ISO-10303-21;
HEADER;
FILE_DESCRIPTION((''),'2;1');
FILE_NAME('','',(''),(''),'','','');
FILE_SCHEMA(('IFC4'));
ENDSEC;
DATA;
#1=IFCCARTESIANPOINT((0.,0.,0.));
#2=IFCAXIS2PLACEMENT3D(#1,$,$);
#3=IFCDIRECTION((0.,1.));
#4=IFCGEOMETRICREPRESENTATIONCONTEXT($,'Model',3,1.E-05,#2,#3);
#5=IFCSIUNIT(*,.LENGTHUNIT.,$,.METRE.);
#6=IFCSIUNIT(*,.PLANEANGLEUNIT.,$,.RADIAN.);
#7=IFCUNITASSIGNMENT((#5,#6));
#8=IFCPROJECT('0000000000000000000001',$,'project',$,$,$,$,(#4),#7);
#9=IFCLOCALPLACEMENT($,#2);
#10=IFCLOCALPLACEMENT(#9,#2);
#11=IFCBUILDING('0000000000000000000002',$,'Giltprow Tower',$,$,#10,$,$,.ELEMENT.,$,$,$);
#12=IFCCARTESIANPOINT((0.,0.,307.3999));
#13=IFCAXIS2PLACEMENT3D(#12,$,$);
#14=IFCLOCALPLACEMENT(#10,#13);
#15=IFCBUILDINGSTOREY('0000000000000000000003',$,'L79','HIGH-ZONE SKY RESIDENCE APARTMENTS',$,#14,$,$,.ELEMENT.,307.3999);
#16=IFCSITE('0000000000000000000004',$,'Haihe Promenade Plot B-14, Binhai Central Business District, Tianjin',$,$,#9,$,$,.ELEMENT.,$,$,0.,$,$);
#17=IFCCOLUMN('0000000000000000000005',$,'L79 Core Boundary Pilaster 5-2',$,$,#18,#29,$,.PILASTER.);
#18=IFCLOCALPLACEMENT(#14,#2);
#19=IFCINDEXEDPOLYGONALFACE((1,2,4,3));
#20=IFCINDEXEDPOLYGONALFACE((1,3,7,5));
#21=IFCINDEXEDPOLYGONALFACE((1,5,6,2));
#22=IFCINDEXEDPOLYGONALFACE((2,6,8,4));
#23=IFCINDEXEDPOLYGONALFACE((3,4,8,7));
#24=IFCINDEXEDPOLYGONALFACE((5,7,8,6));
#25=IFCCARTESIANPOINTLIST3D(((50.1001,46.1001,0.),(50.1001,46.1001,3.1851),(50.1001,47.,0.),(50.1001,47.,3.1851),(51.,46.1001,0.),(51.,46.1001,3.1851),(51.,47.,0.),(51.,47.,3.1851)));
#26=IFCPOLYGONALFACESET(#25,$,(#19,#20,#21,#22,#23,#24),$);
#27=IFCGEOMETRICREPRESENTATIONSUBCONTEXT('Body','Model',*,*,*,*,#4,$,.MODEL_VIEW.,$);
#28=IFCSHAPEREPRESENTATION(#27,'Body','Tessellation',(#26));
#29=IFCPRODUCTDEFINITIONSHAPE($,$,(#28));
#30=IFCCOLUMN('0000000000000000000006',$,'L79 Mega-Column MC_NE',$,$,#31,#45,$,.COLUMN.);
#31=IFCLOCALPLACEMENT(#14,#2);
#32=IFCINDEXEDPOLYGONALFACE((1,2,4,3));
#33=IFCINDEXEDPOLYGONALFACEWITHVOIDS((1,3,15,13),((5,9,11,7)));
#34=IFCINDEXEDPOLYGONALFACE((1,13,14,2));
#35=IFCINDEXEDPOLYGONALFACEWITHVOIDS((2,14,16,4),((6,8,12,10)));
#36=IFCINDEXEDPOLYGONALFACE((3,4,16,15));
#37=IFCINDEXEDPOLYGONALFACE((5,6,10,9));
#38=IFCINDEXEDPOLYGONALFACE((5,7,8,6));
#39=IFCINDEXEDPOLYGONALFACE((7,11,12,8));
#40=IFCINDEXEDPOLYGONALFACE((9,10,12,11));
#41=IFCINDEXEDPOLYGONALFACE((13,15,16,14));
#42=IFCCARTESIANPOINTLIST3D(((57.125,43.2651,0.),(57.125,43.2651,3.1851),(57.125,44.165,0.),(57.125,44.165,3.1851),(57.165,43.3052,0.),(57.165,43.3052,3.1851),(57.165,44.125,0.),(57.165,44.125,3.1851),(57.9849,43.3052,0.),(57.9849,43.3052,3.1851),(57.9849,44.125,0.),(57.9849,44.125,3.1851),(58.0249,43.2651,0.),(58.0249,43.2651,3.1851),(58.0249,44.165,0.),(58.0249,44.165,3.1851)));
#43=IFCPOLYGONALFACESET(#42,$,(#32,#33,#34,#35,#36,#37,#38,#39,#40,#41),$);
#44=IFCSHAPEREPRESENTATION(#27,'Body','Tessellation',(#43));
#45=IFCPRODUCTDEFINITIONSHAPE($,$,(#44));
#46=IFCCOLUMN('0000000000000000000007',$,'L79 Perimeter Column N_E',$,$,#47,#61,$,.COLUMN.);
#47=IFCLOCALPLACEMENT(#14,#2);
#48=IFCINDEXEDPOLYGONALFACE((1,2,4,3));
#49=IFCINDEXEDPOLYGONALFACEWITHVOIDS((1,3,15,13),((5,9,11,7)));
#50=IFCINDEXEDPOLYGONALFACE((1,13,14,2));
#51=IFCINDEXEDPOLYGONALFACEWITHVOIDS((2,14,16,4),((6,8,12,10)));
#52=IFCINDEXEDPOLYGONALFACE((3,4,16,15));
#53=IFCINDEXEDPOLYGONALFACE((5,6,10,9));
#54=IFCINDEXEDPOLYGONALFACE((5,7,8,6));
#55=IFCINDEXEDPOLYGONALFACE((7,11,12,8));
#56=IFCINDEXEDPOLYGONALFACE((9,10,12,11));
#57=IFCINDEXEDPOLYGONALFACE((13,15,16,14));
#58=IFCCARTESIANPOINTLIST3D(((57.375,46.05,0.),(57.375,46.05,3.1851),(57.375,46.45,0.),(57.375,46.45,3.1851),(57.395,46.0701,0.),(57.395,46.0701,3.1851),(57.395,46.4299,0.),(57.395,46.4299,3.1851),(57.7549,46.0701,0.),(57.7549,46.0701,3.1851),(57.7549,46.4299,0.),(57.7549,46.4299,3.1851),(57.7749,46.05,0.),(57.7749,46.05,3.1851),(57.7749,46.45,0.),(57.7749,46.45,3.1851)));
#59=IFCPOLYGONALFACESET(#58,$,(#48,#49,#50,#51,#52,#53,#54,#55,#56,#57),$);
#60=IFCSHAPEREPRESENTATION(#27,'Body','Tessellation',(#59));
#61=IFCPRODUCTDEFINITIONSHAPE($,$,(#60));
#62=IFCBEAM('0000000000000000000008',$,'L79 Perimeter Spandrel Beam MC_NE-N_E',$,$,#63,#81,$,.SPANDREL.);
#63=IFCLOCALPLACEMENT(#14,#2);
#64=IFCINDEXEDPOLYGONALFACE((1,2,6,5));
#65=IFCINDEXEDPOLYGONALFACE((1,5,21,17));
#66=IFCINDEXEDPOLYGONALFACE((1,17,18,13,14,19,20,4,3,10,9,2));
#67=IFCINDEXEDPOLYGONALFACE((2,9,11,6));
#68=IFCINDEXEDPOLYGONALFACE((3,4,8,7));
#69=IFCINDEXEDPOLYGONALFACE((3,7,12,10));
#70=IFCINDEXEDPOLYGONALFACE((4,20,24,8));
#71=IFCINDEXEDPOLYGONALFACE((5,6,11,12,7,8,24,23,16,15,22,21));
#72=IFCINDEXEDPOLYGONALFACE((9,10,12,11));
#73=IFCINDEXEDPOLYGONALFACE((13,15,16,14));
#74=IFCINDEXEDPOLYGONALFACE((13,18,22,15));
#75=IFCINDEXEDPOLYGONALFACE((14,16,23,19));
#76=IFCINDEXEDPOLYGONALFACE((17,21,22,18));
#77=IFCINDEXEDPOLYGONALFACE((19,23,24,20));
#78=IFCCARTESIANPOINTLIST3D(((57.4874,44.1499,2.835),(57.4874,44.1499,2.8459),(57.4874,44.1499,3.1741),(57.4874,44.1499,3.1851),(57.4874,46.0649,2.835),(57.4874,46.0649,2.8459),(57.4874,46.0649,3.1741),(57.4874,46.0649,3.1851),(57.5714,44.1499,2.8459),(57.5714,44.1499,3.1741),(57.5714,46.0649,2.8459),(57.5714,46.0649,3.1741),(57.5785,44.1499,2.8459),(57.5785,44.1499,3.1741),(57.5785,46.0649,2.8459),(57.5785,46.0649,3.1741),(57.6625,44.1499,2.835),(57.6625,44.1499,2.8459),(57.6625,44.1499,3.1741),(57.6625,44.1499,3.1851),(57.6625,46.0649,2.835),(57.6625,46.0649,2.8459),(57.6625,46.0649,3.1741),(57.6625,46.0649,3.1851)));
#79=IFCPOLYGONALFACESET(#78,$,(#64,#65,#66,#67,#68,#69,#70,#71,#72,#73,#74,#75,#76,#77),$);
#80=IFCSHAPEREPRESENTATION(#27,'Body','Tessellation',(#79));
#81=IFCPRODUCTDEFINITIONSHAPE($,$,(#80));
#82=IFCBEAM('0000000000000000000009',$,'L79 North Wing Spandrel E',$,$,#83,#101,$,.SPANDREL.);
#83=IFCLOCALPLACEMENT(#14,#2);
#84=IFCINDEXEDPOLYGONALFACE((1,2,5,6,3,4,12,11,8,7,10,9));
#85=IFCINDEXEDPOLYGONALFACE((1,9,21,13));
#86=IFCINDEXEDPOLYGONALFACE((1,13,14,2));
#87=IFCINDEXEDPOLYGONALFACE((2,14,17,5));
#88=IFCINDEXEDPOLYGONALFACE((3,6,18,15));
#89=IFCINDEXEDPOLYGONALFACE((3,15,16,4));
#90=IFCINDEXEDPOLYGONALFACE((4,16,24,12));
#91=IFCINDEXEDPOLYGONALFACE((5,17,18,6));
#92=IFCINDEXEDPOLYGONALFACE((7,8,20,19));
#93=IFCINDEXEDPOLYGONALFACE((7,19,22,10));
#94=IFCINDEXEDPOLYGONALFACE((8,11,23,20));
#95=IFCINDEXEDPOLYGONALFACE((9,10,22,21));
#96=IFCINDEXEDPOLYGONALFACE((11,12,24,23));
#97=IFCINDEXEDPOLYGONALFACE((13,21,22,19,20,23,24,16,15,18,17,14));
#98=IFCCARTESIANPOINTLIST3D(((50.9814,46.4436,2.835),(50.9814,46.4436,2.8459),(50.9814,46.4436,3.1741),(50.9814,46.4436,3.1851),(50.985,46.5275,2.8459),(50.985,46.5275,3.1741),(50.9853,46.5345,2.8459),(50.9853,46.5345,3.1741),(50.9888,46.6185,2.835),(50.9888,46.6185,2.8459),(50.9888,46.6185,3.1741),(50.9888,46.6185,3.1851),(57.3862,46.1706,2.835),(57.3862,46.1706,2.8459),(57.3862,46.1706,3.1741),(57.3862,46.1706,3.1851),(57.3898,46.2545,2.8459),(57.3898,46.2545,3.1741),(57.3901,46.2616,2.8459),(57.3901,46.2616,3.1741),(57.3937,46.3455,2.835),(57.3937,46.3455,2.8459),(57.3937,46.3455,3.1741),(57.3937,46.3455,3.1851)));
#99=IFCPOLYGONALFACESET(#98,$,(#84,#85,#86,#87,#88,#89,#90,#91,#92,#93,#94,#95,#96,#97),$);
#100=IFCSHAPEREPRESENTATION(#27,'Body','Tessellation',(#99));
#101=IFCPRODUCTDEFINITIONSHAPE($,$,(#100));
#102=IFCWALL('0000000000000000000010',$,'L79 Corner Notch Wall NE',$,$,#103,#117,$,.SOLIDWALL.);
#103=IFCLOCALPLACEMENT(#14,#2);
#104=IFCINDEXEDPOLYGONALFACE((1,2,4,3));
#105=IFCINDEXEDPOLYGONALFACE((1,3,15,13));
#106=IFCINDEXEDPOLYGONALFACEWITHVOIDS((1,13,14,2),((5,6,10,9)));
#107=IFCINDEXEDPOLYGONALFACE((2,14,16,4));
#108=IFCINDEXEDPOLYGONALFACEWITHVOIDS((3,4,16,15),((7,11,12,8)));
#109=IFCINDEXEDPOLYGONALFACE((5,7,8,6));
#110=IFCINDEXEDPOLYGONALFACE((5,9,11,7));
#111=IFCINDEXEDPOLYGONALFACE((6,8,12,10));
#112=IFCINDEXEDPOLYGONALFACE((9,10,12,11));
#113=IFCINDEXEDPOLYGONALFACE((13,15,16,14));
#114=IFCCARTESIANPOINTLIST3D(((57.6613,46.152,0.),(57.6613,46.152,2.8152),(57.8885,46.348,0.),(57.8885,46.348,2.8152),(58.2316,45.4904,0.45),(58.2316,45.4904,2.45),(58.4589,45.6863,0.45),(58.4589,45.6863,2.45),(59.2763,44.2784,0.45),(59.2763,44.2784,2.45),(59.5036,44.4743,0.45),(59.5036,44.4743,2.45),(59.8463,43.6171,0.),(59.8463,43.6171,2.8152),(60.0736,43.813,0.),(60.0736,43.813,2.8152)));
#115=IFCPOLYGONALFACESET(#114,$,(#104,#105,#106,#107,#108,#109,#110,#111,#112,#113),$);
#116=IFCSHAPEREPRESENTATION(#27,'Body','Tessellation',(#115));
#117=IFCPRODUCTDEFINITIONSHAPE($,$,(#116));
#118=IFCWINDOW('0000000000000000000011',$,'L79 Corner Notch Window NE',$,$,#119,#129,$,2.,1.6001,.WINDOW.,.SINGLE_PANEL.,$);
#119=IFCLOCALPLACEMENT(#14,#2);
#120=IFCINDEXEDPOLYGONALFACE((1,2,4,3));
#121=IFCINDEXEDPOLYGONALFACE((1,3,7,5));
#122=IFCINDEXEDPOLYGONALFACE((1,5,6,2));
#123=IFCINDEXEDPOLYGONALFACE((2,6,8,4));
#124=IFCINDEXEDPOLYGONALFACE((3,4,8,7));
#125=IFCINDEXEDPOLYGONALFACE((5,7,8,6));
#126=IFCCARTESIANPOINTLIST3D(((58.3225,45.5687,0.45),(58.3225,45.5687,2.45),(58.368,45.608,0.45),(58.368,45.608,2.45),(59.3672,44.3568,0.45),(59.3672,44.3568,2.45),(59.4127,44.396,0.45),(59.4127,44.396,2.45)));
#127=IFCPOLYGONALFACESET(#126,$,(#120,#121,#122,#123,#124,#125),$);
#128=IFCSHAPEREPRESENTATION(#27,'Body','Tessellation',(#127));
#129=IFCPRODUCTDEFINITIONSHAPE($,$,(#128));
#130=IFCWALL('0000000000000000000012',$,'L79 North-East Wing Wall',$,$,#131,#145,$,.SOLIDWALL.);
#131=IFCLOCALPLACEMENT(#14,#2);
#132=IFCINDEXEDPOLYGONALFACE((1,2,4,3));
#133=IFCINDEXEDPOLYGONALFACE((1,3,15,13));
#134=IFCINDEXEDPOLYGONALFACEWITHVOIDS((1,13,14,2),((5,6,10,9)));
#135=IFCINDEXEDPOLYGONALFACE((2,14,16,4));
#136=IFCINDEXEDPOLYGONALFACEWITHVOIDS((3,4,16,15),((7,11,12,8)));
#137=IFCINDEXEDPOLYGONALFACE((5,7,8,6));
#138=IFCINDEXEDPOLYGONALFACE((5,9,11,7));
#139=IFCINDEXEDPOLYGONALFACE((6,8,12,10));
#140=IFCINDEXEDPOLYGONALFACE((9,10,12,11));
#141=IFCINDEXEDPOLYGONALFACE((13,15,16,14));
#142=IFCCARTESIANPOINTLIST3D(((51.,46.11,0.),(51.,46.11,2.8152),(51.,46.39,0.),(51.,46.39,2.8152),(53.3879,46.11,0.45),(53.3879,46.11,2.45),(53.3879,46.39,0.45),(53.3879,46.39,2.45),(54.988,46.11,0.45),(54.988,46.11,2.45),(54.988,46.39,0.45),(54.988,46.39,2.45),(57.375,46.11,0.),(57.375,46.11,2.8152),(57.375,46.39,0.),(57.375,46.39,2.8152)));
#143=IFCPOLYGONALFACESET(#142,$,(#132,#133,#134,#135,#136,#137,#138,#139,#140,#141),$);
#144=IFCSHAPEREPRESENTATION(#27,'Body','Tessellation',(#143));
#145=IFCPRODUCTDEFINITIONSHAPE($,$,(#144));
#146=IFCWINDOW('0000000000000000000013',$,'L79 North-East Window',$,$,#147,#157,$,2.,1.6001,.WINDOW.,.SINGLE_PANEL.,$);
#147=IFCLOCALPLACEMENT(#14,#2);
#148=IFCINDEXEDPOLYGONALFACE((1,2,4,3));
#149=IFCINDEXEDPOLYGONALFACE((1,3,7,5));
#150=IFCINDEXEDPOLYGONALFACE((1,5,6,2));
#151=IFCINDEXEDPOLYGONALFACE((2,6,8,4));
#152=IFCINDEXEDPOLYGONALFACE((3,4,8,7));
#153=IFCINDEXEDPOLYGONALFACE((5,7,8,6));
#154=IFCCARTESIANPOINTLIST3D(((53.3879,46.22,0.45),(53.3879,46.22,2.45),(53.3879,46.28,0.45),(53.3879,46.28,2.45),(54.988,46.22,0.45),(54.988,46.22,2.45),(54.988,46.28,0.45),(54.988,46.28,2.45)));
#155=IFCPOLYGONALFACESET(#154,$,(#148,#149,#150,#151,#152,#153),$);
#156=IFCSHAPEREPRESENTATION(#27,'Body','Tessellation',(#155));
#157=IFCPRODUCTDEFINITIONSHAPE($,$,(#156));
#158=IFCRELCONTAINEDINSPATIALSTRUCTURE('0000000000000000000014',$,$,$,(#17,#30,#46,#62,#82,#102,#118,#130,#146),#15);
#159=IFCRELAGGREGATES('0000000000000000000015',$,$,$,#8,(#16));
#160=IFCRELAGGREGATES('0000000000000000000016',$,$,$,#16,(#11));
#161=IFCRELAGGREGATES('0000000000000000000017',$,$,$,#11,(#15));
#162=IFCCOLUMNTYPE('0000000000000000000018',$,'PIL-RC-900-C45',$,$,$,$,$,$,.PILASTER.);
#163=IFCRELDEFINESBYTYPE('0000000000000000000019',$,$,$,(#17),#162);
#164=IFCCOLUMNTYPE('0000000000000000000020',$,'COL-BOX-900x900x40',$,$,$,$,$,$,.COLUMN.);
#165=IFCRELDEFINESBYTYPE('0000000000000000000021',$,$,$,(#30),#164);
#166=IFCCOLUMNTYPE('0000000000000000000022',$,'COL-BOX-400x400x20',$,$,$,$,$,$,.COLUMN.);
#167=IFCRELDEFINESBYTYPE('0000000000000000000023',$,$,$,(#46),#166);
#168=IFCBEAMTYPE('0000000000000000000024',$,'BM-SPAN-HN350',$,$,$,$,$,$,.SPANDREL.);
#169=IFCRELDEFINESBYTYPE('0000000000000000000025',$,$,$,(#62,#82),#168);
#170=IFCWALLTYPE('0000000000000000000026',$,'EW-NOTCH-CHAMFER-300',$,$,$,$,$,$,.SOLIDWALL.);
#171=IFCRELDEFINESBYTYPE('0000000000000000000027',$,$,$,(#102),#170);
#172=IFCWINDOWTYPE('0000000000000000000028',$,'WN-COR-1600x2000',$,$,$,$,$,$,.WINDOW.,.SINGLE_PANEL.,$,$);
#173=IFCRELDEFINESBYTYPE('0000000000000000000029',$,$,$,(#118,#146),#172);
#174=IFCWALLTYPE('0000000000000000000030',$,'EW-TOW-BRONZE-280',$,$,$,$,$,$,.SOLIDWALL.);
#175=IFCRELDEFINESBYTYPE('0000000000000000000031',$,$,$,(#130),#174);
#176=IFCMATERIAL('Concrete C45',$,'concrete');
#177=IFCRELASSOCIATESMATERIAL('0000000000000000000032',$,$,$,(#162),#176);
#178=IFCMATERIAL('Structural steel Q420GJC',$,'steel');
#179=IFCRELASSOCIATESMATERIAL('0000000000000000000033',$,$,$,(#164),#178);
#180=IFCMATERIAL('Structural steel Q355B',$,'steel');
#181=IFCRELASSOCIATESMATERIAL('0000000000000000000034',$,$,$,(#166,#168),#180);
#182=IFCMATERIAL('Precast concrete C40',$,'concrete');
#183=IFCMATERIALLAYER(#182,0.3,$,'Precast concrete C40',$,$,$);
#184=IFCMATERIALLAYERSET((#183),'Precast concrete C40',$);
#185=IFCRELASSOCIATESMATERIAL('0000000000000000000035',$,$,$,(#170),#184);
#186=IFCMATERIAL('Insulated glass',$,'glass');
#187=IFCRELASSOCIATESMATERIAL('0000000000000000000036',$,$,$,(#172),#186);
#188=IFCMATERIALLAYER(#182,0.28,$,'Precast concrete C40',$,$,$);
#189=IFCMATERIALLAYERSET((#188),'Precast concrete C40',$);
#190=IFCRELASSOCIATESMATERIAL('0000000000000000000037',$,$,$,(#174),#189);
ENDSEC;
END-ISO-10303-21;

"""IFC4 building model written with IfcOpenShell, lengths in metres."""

from ifc_helpers import new_model, si_unit, direction, frame, frame_2d, origin, origin_2d, place, context, subcontext, project, spatial, rectangle, hollow_rectangle, i_section, extrude, source, transform, mapped, material, layer, layer_set, material_profile, profile_set, type_object, element, fill, save


model = new_model("IFC4")

# Units and contexts
model_context = context("Model", 3, precision=1e-05, world=origin(), true_north=direction((0.0, 1.0)))
body_context = subcontext(model_context, "Body", "Model", "MODEL_VIEW")
ifc_project = project(units=[si_unit("LENGTHUNIT", "METRE"), si_unit("PLANEANGLEUNIT", "RADIAN")], contexts=[model_context])

# Site, building, storey
site_placement = place(None, origin())
site = spatial("IfcSite", under=ifc_project, at=site_placement, Name="Haihe Promenade Plot B-14, Binhai Central Business District, Tianjin", CompositionType="ELEMENT", RefElevation=0.0)
building_placement = place(site_placement, origin())
building = spatial("IfcBuilding", under=site, at=building_placement, Name="Giltprow Tower", CompositionType="ELEMENT")
storey_placement = place(building_placement, frame((0.0, 0.0, 307.3999)))
storey = spatial("IfcBuildingStorey", under=building, at=storey_placement, Name="L79", Description="HIGH-ZONE SKY RESIDENCE APARTMENTS", CompositionType="ELEMENT", Elevation=307.3999)

# Columns
ifc_material_1 = material(Name="Concrete C45", Category="concrete")
ifc_material_profile_1 = material_profile(ifc_material_1, rectangle(XDim=0.8999, YDim=0.8999, at=origin_2d()), Name="RC 900x900")
ifc_profile_set_1 = profile_set([ifc_material_profile_1], Name="Concrete C45")
column_type_1 = type_object("IfcColumnType", Name="PIL-RC-900-C45", PredefinedType="PILASTER", material=ifc_profile_set_1)
shared_shape_1 = source(origin(), body_context, "Body", "SweptSolid", [
    extrude(rectangle(XDim=0.8999, YDim=0.8999, at=origin_2d()), origin(), (0.0, 0.0, 1.0), 3.1851),
])
column_1_placement = place(storey_placement, frame((50.55, 46.55, 0.0), z_axis=(0.0, 0.0, 1.0), x_axis=(1.0, 0.0, 0.0)))
element("IfcColumn", 1, at=column_1_placement, inside=storey, type_object=column_type_1, Name="L79 Core Boundary Pilaster 5-2", PredefinedType="PILASTER", context=body_context, shape_type="MappedRepresentation", body=[
    mapped(shared_shape_1, transform((0.0, 0.0, 0.0), x_axis=(1.0, 0.0, 0.0), y_axis=(0.0, 1.0, 0.0), z_axis=(0.0, 0.0, 1.0), scale=1.0)),
])
ifc_material_2 = material(Name="Structural steel Q420GJC", Category="steel")
ifc_material_profile_2 = material_profile(ifc_material_2, hollow_rectangle(XDim=0.8999, YDim=0.8999, WallThickness=0.04, at=origin_2d()), Name="BOX 900x900x40")
ifc_profile_set_2 = profile_set([ifc_material_profile_2], Name="Structural steel Q420GJC")
column_type_2 = type_object("IfcColumnType", Name="COL-BOX-900x900x40", PredefinedType="COLUMN", material=ifc_profile_set_2)
shared_shape_2 = source(origin(), body_context, "Body", "SweptSolid", [
    extrude(hollow_rectangle(XDim=0.8999, YDim=0.8999, WallThickness=0.04, at=origin_2d()), origin(), (0.0, 0.0, 1.0), 3.1851),
])
column_2_placement = place(storey_placement, frame((57.575, 43.7151, 0.0), z_axis=(0.0, 0.0, 1.0), x_axis=(1.0, 0.0, 0.0)))
element("IfcColumn", 2, at=column_2_placement, inside=storey, type_object=column_type_2, Name="L79 Mega-Column MC_NE", PredefinedType="COLUMN", context=body_context, shape_type="MappedRepresentation", body=[
    mapped(shared_shape_2, transform((0.0, 0.0, 0.0), x_axis=(1.0, 0.0, 0.0), y_axis=(0.0, 1.0, 0.0), z_axis=(0.0, 0.0, 1.0), scale=1.0)),
])
ifc_material_3 = material(Name="Structural steel Q355B", Category="steel")
ifc_material_profile_3 = material_profile(ifc_material_3, hollow_rectangle(XDim=0.3999, YDim=0.3999, WallThickness=0.02, at=origin_2d()), Name="BOX 400x400x20")
ifc_profile_set_3 = profile_set([ifc_material_profile_3], Name="Structural steel Q355B")
column_type_3 = type_object("IfcColumnType", Name="COL-BOX-400x400x20", PredefinedType="COLUMN", material=ifc_profile_set_3)
shared_shape_3 = source(origin(), body_context, "Body", "SweptSolid", [
    extrude(hollow_rectangle(XDim=0.3999, YDim=0.3999, WallThickness=0.02, at=origin_2d()), origin(), (0.0, 0.0, 1.0), 3.1851),
])
column_3_placement = place(storey_placement, frame((57.575, 46.25, 0.0), z_axis=(0.0, 0.0, 1.0), x_axis=(1.0, 0.0, 0.0)))
element("IfcColumn", 3, at=column_3_placement, inside=storey, type_object=column_type_3, Name="L79 Perimeter Column N_E", PredefinedType="COLUMN", context=body_context, shape_type="MappedRepresentation", body=[
    mapped(shared_shape_3, transform((0.0, 0.0, 0.0), x_axis=(1.0, 0.0, 0.0), y_axis=(0.0, 1.0, 0.0), z_axis=(0.0, 0.0, 1.0), scale=1.0)),
])

# Beams
ifc_material_profile_4 = material_profile(ifc_material_3, i_section(OverallWidth=0.175, OverallDepth=0.3501, WebThickness=0.0071, FlangeThickness=0.011, at=origin_2d()), Name="HN 350x175x7x11")
ifc_profile_set_4 = profile_set([ifc_material_profile_4], Name="Structural steel Q355B")
beam_type = type_object("IfcBeamType", Name="BM-SPAN-HN350", PredefinedType="SPANDREL", material=ifc_profile_set_4)
shared_shape_4 = source(origin(), body_context, "Body", "SweptSolid", [
    extrude(i_section(OverallWidth=0.175, OverallDepth=0.3501, WebThickness=0.0071, FlangeThickness=0.011, at=origin_2d()), origin(), (0.0, 0.0, 1.0), 1.915),
])
beam_1_placement = place(storey_placement, frame((57.575, 44.1499, 3.01), z_axis=(0.0, 1.0, 0.0), x_axis=(-1.0, 0.0, 0.0)))
element("IfcBeam", 4, at=beam_1_placement, inside=storey, type_object=beam_type, Name="L79 Perimeter Spandrel Beam MC_NE-N_E", PredefinedType="SPANDREL", context=body_context, shape_type="MappedRepresentation", body=[
    mapped(shared_shape_4, transform((0.0, 0.0, 0.0), x_axis=(1.0, 0.0, 0.0), y_axis=(0.0, 1.0, 0.0), z_axis=(0.0, 0.0, 1.0), scale=1.0)),
])
shared_shape_5 = source(origin(), body_context, "Body", "SweptSolid", [
    extrude(i_section(OverallWidth=0.175, OverallDepth=0.3501, WebThickness=0.0071, FlangeThickness=0.011, at=origin_2d()), origin(), (0.0, 0.0, 1.0), 6.4106),
])
beam_2_placement = place(storey_placement, frame((50.9851, 46.531, 3.01), z_axis=(0.999093, -0.042578, 0.0), x_axis=(0.042578, 0.999093, 0.0)))
element("IfcBeam", 5, at=beam_2_placement, inside=storey, type_object=beam_type, Name="L79 North Wing Spandrel E", PredefinedType="SPANDREL", context=body_context, shape_type="MappedRepresentation", body=[
    mapped(shared_shape_5, transform((0.0, 0.0, 0.0), x_axis=(1.0, 0.0, 0.0), y_axis=(0.0, 1.0, 0.0), z_axis=(0.0, 0.0, 1.0), scale=1.0)),
])

# Walls, openings, windows
ifc_material_4 = material(Name="Precast concrete C40", Category="concrete")
ifc_layer_1 = layer(ifc_material_4, 0.3, Name="Precast concrete C40")
ifc_layer_set_1 = layer_set([ifc_layer_1], Name="Precast concrete C40")
wall_type_1 = type_object("IfcWallType", Name="EW-NOTCH-CHAMFER-300", PredefinedType="SOLIDWALL", material=ifc_layer_set_1)
wall_1_placement = place(storey_placement, frame((59.96, 43.7151, 0.0), z_axis=(0.0, 0.0, 1.0), x_axis=(-0.652904, 0.757441, 0.0)))
wall_1 = element("IfcWall", 6, at=wall_1_placement, inside=storey, type_object=wall_type_1, Name="L79 Corner Notch Wall NE", PredefinedType="SOLIDWALL", context=body_context, shape_type="SweptSolid", body=[
    extrude(rectangle(XDim=3.3467, YDim=0.3, at=frame_2d((1.6733, 0.0))), origin(), (0.0, 0.0, 1.0), 2.8152),
])
opening_1_placement = place(wall_1_placement, frame((0.873, 0.0, 0.45)))
opening_1 = element("IfcOpeningElement", 7, at=opening_1_placement, cuts=wall_1, PredefinedType="OPENING", context=body_context, shape_type="SweptSolid", body=[
    extrude(rectangle(XDim=1.6001, YDim=2.0, at=frame_2d((0.8, 1.0))), frame((0.0, 0.1599, 0.0), z_axis=(0.0, -1.0, 0.0), x_axis=(1.0, 0.0, 0.0)), (0.0, 0.0, 1.0), 0.3201),
])
ifc_material_5 = material(Name="Insulated glass", Category="glass")
window_type = type_object("IfcWindowType", Name="WN-COR-1600x2000", PartitioningType="SINGLE_PANEL", PredefinedType="WINDOW", material=ifc_material_5)
shared_shape_6 = source(origin(), body_context, "Body", "SweptSolid", [
    extrude(rectangle(XDim=1.6001, YDim=2.0, at=frame_2d((0.8, 1.0))), frame((0.0, 0.03, 0.0), z_axis=(0.0, -1.0, 0.0), x_axis=(1.0, 0.0, 0.0)), (0.0, 0.0, 1.0), 0.0601),
])
window_1_placement = place(opening_1_placement, origin())
window_1 = element("IfcWindow", 8, at=window_1_placement, inside=storey, type_object=window_type, Name="L79 Corner Notch Window NE", OverallHeight=2.0, OverallWidth=1.6001, PartitioningType="SINGLE_PANEL", PredefinedType="WINDOW", context=body_context, shape_type="MappedRepresentation", body=[
    mapped(shared_shape_6, transform((0.0, 0.0, 0.0), x_axis=(1.0, 0.0, 0.0), y_axis=(0.0, 1.0, 0.0), z_axis=(0.0, 0.0, 1.0), scale=1.0)),
])
fill(opening_1, window_1)
ifc_layer_2 = layer(ifc_material_4, 0.28, Name="Precast concrete C40")
ifc_layer_set_2 = layer_set([ifc_layer_2], Name="Precast concrete C40")
wall_type_2 = type_object("IfcWallType", Name="EW-TOW-BRONZE-280", PredefinedType="SOLIDWALL", material=ifc_layer_set_2)
wall_2_placement = place(storey_placement, frame((51.0, 46.25, 0.0), z_axis=(0.0, 0.0, 1.0), x_axis=(1.0, 0.0, 0.0)))
wall_2 = element("IfcWall", 9, at=wall_2_placement, inside=storey, type_object=wall_type_2, Name="L79 North-East Wing Wall", PredefinedType="SOLIDWALL", context=body_context, shape_type="SweptSolid", body=[
    extrude(rectangle(XDim=6.375, YDim=0.28, at=frame_2d((3.1875, 0.0))), origin(), (0.0, 0.0, 1.0), 2.8152),
])
opening_2_placement = place(wall_2_placement, frame((2.3879, 0.0, 0.45)))
opening_2 = element("IfcOpeningElement", 10, at=opening_2_placement, cuts=wall_2, PredefinedType="OPENING", context=body_context, shape_type="SweptSolid", body=[
    extrude(rectangle(XDim=1.6001, YDim=2.0, at=frame_2d((0.8, 1.0))), frame((0.0, 0.1499, 0.0), z_axis=(0.0, -1.0, 0.0), x_axis=(1.0, 0.0, 0.0)), (0.0, 0.0, 1.0), 0.3),
])
window_2_placement = place(opening_2_placement, origin())
window_2 = element("IfcWindow", 11, at=window_2_placement, inside=storey, type_object=window_type, Name="L79 North-East Window", OverallHeight=2.0, OverallWidth=1.6001, PartitioningType="SINGLE_PANEL", PredefinedType="WINDOW", context=body_context, shape_type="MappedRepresentation", body=[
    mapped(shared_shape_6, transform((0.0, 0.0, 0.0), x_axis=(1.0, 0.0, 0.0), y_axis=(0.0, 1.0, 0.0), z_axis=(0.0, 0.0, 1.0), scale=1.0)),
])
fill(opening_2, window_2)

save(model, "model.ifc")
